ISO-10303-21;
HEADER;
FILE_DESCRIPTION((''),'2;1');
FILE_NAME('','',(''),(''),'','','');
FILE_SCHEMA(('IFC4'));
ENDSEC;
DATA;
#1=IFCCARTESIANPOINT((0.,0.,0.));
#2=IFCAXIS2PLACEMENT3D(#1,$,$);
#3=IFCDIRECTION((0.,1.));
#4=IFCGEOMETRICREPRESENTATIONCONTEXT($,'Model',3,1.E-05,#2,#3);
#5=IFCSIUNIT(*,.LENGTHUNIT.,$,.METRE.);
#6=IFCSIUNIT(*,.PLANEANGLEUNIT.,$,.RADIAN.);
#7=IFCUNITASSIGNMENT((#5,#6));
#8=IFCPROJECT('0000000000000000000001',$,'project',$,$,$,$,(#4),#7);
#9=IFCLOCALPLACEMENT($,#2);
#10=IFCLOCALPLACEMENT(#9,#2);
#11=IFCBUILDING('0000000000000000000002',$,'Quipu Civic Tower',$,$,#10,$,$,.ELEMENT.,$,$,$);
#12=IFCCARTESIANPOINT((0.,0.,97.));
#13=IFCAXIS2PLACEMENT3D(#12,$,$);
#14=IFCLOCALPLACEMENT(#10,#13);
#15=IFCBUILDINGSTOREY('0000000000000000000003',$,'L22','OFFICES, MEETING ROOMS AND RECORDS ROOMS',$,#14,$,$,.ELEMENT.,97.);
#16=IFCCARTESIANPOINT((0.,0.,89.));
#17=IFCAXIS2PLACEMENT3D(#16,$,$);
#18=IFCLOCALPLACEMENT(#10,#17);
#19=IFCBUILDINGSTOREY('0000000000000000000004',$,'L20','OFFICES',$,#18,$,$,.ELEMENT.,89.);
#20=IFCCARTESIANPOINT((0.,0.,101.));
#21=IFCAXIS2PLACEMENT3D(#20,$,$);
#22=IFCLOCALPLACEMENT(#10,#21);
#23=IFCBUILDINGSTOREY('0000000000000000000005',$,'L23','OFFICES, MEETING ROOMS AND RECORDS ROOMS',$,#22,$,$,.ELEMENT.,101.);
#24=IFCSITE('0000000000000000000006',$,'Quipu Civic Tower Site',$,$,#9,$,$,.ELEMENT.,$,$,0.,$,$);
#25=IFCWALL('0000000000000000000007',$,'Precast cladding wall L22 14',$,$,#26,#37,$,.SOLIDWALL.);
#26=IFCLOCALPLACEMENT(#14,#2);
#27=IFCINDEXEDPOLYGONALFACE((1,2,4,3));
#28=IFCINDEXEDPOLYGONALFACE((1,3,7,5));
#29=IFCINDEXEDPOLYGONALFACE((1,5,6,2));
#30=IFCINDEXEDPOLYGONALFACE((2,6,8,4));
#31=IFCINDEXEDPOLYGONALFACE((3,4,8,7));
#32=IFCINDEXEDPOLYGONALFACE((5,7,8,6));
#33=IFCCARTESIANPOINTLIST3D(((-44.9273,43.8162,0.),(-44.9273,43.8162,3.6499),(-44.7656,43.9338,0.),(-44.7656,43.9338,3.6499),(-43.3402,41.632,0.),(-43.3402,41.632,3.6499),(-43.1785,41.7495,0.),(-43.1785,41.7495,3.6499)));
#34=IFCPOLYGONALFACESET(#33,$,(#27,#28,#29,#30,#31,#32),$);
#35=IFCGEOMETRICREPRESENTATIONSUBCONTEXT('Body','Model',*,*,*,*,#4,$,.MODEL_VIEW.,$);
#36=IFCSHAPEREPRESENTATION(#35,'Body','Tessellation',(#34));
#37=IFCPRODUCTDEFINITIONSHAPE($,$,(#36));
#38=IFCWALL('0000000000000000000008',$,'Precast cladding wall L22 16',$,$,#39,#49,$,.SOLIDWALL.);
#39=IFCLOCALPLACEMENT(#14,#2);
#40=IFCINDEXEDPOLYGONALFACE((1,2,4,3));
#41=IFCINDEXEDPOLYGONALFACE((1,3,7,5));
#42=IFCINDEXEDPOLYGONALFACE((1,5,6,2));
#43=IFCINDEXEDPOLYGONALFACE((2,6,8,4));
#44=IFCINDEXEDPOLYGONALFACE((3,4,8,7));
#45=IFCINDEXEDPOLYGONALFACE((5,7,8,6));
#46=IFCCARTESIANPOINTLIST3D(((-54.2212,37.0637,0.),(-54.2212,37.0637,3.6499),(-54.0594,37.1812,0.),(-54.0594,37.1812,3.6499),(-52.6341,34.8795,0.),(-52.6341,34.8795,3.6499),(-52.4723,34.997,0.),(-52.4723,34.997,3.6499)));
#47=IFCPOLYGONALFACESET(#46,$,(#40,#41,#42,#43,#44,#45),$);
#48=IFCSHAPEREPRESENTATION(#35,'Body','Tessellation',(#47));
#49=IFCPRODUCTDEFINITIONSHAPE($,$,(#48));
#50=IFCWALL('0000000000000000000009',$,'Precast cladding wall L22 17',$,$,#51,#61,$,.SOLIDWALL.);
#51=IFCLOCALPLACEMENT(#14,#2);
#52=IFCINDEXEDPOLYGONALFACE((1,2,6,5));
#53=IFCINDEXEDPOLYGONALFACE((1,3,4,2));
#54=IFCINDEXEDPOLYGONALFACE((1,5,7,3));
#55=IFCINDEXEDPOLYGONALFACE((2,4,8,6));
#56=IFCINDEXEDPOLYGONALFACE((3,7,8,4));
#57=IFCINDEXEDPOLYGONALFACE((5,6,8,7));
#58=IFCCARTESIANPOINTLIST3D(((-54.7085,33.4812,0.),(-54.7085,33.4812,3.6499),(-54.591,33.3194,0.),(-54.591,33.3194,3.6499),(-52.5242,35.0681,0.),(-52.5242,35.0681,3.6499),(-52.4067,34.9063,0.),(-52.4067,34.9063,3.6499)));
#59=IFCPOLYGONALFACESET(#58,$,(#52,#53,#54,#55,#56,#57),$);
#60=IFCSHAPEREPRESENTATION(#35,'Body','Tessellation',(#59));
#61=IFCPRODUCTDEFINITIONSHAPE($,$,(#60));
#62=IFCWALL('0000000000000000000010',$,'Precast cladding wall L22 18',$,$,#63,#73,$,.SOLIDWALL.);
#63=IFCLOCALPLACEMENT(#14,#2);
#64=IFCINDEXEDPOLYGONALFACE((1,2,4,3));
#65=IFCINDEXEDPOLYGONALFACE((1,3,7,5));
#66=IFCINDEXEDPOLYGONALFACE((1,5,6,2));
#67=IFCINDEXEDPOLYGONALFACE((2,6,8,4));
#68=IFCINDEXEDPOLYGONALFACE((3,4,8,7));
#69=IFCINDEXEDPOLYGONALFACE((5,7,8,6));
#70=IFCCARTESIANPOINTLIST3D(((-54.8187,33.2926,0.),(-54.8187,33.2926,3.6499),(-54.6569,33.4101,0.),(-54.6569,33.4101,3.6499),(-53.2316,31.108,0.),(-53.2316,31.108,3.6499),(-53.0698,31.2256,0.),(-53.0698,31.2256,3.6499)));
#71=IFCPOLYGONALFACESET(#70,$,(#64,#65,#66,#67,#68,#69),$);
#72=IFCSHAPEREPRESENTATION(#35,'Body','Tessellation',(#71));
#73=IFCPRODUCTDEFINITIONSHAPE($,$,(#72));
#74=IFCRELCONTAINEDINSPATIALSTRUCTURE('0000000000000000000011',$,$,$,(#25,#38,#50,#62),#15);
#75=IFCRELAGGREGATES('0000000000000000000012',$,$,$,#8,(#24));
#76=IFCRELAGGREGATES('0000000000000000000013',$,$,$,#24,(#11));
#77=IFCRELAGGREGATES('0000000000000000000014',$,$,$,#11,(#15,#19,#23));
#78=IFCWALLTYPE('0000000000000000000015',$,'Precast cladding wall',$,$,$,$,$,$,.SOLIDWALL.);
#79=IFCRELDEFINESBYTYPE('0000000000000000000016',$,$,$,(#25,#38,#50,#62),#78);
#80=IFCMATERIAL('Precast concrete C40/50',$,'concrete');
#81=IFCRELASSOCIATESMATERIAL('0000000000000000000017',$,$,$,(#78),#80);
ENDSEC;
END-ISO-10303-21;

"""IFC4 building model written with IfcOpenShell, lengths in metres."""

from ifc_helpers import new_model, si_unit, direction, frame, frame_2d, origin, place, context, subcontext, project, spatial, rectangle, extrude, material, type_object, element, save


model = new_model("IFC4")

# Units and contexts
model_context = context("Model", 3, precision=1e-05, world=origin(), true_north=direction((0.0, 1.0)))
body_context = subcontext(model_context, "Body", "Model", "MODEL_VIEW")
ifc_project = project(units=[si_unit("LENGTHUNIT", "METRE"), si_unit("PLANEANGLEUNIT", "RADIAN")], contexts=[model_context])

# Site, building, storey
site_placement = place(None, origin())
site = spatial("IfcSite", under=ifc_project, at=site_placement, Name="Quipu Civic Tower Site", CompositionType="ELEMENT", RefElevation=0.0)
building_placement = place(site_placement, origin())
building = spatial("IfcBuilding", under=site, at=building_placement, Name="Quipu Civic Tower", CompositionType="ELEMENT")
storey_1_placement = place(building_placement, frame((0.0, 0.0, 97.0)))
storey_1 = spatial("IfcBuildingStorey", under=building, at=storey_1_placement, Name="L22", Description="OFFICES, MEETING ROOMS AND RECORDS ROOMS", CompositionType="ELEMENT", Elevation=97.0)

# Shared definitions
storey_2_placement = place(building_placement, frame((0.0, 0.0, 89.0)))
storey_2 = spatial("IfcBuildingStorey", under=building, at=storey_2_placement, Name="L20", Description="OFFICES", CompositionType="ELEMENT", Elevation=89.0)

# Shared definitions
storey_3_placement = place(building_placement, frame((0.0, 0.0, 101.0)))
storey_3 = spatial("IfcBuildingStorey", under=building, at=storey_3_placement, Name="L23", Description="OFFICES, MEETING ROOMS AND RECORDS ROOMS", CompositionType="ELEMENT", Elevation=101.0)

# Walls
ifc_material_1 = material(Name="Precast concrete C40/50", Category="concrete")
wall_type_1 = type_object("IfcWallType", Name="Precast cladding wall", PredefinedType="SOLIDWALL", material=ifc_material_1)
for number, where, z_axis, x_axis, name in (
    (1, (-43.2593, 41.6907, 0.0), (0.0, 0.0, 1.0), (-0.587822, 0.80899, 0.0), "Precast cladding wall L22 14"),
    (2, (-54.1404, 37.1226, 0.0), (0.0, 0.0, 1.0), (0.587822, -0.80899, 0.0), "Precast cladding wall L22 16"),
    (3, (-52.4653, 34.9873, 0.0), (0.0, 0.0, 1.0), (-0.809033, -0.587763, 0.0), "Precast cladding wall L22 17"),
):
    element("IfcWall", number, at=place(storey_1_placement, frame(where, z_axis=z_axis, x_axis=x_axis)), inside=storey_1, type_object=wall_type_1, Name=name, PredefinedType="SOLIDWALL", context=body_context, shape_type="SweptSolid", body=[
        extrude(rectangle(XDim=2.7, YDim=0.2, at=frame_2d((1.3501, 0.0))), origin(), (0.0, 0.0, 1.0), 3.6499),
    ])
wall_1_placement = place(storey_1_placement, frame((-54.7378, 33.3513, 0.0), z_axis=(0.0, 0.0, 1.0), x_axis=(0.587779, -0.809021, 0.0)))
element("IfcWall", 4, at=wall_1_placement, inside=storey_1, type_object=wall_type_1, Name="Precast cladding wall L22 18", PredefinedType="SOLIDWALL", context=body_context, shape_type="SweptSolid", body=[
    extrude(rectangle(XDim=2.7002, YDim=0.2, at=frame_2d((1.3501, 0.0))), origin(), (0.0, 0.0, 1.0), 3.6499),
])

save(model, "model.ifc")
